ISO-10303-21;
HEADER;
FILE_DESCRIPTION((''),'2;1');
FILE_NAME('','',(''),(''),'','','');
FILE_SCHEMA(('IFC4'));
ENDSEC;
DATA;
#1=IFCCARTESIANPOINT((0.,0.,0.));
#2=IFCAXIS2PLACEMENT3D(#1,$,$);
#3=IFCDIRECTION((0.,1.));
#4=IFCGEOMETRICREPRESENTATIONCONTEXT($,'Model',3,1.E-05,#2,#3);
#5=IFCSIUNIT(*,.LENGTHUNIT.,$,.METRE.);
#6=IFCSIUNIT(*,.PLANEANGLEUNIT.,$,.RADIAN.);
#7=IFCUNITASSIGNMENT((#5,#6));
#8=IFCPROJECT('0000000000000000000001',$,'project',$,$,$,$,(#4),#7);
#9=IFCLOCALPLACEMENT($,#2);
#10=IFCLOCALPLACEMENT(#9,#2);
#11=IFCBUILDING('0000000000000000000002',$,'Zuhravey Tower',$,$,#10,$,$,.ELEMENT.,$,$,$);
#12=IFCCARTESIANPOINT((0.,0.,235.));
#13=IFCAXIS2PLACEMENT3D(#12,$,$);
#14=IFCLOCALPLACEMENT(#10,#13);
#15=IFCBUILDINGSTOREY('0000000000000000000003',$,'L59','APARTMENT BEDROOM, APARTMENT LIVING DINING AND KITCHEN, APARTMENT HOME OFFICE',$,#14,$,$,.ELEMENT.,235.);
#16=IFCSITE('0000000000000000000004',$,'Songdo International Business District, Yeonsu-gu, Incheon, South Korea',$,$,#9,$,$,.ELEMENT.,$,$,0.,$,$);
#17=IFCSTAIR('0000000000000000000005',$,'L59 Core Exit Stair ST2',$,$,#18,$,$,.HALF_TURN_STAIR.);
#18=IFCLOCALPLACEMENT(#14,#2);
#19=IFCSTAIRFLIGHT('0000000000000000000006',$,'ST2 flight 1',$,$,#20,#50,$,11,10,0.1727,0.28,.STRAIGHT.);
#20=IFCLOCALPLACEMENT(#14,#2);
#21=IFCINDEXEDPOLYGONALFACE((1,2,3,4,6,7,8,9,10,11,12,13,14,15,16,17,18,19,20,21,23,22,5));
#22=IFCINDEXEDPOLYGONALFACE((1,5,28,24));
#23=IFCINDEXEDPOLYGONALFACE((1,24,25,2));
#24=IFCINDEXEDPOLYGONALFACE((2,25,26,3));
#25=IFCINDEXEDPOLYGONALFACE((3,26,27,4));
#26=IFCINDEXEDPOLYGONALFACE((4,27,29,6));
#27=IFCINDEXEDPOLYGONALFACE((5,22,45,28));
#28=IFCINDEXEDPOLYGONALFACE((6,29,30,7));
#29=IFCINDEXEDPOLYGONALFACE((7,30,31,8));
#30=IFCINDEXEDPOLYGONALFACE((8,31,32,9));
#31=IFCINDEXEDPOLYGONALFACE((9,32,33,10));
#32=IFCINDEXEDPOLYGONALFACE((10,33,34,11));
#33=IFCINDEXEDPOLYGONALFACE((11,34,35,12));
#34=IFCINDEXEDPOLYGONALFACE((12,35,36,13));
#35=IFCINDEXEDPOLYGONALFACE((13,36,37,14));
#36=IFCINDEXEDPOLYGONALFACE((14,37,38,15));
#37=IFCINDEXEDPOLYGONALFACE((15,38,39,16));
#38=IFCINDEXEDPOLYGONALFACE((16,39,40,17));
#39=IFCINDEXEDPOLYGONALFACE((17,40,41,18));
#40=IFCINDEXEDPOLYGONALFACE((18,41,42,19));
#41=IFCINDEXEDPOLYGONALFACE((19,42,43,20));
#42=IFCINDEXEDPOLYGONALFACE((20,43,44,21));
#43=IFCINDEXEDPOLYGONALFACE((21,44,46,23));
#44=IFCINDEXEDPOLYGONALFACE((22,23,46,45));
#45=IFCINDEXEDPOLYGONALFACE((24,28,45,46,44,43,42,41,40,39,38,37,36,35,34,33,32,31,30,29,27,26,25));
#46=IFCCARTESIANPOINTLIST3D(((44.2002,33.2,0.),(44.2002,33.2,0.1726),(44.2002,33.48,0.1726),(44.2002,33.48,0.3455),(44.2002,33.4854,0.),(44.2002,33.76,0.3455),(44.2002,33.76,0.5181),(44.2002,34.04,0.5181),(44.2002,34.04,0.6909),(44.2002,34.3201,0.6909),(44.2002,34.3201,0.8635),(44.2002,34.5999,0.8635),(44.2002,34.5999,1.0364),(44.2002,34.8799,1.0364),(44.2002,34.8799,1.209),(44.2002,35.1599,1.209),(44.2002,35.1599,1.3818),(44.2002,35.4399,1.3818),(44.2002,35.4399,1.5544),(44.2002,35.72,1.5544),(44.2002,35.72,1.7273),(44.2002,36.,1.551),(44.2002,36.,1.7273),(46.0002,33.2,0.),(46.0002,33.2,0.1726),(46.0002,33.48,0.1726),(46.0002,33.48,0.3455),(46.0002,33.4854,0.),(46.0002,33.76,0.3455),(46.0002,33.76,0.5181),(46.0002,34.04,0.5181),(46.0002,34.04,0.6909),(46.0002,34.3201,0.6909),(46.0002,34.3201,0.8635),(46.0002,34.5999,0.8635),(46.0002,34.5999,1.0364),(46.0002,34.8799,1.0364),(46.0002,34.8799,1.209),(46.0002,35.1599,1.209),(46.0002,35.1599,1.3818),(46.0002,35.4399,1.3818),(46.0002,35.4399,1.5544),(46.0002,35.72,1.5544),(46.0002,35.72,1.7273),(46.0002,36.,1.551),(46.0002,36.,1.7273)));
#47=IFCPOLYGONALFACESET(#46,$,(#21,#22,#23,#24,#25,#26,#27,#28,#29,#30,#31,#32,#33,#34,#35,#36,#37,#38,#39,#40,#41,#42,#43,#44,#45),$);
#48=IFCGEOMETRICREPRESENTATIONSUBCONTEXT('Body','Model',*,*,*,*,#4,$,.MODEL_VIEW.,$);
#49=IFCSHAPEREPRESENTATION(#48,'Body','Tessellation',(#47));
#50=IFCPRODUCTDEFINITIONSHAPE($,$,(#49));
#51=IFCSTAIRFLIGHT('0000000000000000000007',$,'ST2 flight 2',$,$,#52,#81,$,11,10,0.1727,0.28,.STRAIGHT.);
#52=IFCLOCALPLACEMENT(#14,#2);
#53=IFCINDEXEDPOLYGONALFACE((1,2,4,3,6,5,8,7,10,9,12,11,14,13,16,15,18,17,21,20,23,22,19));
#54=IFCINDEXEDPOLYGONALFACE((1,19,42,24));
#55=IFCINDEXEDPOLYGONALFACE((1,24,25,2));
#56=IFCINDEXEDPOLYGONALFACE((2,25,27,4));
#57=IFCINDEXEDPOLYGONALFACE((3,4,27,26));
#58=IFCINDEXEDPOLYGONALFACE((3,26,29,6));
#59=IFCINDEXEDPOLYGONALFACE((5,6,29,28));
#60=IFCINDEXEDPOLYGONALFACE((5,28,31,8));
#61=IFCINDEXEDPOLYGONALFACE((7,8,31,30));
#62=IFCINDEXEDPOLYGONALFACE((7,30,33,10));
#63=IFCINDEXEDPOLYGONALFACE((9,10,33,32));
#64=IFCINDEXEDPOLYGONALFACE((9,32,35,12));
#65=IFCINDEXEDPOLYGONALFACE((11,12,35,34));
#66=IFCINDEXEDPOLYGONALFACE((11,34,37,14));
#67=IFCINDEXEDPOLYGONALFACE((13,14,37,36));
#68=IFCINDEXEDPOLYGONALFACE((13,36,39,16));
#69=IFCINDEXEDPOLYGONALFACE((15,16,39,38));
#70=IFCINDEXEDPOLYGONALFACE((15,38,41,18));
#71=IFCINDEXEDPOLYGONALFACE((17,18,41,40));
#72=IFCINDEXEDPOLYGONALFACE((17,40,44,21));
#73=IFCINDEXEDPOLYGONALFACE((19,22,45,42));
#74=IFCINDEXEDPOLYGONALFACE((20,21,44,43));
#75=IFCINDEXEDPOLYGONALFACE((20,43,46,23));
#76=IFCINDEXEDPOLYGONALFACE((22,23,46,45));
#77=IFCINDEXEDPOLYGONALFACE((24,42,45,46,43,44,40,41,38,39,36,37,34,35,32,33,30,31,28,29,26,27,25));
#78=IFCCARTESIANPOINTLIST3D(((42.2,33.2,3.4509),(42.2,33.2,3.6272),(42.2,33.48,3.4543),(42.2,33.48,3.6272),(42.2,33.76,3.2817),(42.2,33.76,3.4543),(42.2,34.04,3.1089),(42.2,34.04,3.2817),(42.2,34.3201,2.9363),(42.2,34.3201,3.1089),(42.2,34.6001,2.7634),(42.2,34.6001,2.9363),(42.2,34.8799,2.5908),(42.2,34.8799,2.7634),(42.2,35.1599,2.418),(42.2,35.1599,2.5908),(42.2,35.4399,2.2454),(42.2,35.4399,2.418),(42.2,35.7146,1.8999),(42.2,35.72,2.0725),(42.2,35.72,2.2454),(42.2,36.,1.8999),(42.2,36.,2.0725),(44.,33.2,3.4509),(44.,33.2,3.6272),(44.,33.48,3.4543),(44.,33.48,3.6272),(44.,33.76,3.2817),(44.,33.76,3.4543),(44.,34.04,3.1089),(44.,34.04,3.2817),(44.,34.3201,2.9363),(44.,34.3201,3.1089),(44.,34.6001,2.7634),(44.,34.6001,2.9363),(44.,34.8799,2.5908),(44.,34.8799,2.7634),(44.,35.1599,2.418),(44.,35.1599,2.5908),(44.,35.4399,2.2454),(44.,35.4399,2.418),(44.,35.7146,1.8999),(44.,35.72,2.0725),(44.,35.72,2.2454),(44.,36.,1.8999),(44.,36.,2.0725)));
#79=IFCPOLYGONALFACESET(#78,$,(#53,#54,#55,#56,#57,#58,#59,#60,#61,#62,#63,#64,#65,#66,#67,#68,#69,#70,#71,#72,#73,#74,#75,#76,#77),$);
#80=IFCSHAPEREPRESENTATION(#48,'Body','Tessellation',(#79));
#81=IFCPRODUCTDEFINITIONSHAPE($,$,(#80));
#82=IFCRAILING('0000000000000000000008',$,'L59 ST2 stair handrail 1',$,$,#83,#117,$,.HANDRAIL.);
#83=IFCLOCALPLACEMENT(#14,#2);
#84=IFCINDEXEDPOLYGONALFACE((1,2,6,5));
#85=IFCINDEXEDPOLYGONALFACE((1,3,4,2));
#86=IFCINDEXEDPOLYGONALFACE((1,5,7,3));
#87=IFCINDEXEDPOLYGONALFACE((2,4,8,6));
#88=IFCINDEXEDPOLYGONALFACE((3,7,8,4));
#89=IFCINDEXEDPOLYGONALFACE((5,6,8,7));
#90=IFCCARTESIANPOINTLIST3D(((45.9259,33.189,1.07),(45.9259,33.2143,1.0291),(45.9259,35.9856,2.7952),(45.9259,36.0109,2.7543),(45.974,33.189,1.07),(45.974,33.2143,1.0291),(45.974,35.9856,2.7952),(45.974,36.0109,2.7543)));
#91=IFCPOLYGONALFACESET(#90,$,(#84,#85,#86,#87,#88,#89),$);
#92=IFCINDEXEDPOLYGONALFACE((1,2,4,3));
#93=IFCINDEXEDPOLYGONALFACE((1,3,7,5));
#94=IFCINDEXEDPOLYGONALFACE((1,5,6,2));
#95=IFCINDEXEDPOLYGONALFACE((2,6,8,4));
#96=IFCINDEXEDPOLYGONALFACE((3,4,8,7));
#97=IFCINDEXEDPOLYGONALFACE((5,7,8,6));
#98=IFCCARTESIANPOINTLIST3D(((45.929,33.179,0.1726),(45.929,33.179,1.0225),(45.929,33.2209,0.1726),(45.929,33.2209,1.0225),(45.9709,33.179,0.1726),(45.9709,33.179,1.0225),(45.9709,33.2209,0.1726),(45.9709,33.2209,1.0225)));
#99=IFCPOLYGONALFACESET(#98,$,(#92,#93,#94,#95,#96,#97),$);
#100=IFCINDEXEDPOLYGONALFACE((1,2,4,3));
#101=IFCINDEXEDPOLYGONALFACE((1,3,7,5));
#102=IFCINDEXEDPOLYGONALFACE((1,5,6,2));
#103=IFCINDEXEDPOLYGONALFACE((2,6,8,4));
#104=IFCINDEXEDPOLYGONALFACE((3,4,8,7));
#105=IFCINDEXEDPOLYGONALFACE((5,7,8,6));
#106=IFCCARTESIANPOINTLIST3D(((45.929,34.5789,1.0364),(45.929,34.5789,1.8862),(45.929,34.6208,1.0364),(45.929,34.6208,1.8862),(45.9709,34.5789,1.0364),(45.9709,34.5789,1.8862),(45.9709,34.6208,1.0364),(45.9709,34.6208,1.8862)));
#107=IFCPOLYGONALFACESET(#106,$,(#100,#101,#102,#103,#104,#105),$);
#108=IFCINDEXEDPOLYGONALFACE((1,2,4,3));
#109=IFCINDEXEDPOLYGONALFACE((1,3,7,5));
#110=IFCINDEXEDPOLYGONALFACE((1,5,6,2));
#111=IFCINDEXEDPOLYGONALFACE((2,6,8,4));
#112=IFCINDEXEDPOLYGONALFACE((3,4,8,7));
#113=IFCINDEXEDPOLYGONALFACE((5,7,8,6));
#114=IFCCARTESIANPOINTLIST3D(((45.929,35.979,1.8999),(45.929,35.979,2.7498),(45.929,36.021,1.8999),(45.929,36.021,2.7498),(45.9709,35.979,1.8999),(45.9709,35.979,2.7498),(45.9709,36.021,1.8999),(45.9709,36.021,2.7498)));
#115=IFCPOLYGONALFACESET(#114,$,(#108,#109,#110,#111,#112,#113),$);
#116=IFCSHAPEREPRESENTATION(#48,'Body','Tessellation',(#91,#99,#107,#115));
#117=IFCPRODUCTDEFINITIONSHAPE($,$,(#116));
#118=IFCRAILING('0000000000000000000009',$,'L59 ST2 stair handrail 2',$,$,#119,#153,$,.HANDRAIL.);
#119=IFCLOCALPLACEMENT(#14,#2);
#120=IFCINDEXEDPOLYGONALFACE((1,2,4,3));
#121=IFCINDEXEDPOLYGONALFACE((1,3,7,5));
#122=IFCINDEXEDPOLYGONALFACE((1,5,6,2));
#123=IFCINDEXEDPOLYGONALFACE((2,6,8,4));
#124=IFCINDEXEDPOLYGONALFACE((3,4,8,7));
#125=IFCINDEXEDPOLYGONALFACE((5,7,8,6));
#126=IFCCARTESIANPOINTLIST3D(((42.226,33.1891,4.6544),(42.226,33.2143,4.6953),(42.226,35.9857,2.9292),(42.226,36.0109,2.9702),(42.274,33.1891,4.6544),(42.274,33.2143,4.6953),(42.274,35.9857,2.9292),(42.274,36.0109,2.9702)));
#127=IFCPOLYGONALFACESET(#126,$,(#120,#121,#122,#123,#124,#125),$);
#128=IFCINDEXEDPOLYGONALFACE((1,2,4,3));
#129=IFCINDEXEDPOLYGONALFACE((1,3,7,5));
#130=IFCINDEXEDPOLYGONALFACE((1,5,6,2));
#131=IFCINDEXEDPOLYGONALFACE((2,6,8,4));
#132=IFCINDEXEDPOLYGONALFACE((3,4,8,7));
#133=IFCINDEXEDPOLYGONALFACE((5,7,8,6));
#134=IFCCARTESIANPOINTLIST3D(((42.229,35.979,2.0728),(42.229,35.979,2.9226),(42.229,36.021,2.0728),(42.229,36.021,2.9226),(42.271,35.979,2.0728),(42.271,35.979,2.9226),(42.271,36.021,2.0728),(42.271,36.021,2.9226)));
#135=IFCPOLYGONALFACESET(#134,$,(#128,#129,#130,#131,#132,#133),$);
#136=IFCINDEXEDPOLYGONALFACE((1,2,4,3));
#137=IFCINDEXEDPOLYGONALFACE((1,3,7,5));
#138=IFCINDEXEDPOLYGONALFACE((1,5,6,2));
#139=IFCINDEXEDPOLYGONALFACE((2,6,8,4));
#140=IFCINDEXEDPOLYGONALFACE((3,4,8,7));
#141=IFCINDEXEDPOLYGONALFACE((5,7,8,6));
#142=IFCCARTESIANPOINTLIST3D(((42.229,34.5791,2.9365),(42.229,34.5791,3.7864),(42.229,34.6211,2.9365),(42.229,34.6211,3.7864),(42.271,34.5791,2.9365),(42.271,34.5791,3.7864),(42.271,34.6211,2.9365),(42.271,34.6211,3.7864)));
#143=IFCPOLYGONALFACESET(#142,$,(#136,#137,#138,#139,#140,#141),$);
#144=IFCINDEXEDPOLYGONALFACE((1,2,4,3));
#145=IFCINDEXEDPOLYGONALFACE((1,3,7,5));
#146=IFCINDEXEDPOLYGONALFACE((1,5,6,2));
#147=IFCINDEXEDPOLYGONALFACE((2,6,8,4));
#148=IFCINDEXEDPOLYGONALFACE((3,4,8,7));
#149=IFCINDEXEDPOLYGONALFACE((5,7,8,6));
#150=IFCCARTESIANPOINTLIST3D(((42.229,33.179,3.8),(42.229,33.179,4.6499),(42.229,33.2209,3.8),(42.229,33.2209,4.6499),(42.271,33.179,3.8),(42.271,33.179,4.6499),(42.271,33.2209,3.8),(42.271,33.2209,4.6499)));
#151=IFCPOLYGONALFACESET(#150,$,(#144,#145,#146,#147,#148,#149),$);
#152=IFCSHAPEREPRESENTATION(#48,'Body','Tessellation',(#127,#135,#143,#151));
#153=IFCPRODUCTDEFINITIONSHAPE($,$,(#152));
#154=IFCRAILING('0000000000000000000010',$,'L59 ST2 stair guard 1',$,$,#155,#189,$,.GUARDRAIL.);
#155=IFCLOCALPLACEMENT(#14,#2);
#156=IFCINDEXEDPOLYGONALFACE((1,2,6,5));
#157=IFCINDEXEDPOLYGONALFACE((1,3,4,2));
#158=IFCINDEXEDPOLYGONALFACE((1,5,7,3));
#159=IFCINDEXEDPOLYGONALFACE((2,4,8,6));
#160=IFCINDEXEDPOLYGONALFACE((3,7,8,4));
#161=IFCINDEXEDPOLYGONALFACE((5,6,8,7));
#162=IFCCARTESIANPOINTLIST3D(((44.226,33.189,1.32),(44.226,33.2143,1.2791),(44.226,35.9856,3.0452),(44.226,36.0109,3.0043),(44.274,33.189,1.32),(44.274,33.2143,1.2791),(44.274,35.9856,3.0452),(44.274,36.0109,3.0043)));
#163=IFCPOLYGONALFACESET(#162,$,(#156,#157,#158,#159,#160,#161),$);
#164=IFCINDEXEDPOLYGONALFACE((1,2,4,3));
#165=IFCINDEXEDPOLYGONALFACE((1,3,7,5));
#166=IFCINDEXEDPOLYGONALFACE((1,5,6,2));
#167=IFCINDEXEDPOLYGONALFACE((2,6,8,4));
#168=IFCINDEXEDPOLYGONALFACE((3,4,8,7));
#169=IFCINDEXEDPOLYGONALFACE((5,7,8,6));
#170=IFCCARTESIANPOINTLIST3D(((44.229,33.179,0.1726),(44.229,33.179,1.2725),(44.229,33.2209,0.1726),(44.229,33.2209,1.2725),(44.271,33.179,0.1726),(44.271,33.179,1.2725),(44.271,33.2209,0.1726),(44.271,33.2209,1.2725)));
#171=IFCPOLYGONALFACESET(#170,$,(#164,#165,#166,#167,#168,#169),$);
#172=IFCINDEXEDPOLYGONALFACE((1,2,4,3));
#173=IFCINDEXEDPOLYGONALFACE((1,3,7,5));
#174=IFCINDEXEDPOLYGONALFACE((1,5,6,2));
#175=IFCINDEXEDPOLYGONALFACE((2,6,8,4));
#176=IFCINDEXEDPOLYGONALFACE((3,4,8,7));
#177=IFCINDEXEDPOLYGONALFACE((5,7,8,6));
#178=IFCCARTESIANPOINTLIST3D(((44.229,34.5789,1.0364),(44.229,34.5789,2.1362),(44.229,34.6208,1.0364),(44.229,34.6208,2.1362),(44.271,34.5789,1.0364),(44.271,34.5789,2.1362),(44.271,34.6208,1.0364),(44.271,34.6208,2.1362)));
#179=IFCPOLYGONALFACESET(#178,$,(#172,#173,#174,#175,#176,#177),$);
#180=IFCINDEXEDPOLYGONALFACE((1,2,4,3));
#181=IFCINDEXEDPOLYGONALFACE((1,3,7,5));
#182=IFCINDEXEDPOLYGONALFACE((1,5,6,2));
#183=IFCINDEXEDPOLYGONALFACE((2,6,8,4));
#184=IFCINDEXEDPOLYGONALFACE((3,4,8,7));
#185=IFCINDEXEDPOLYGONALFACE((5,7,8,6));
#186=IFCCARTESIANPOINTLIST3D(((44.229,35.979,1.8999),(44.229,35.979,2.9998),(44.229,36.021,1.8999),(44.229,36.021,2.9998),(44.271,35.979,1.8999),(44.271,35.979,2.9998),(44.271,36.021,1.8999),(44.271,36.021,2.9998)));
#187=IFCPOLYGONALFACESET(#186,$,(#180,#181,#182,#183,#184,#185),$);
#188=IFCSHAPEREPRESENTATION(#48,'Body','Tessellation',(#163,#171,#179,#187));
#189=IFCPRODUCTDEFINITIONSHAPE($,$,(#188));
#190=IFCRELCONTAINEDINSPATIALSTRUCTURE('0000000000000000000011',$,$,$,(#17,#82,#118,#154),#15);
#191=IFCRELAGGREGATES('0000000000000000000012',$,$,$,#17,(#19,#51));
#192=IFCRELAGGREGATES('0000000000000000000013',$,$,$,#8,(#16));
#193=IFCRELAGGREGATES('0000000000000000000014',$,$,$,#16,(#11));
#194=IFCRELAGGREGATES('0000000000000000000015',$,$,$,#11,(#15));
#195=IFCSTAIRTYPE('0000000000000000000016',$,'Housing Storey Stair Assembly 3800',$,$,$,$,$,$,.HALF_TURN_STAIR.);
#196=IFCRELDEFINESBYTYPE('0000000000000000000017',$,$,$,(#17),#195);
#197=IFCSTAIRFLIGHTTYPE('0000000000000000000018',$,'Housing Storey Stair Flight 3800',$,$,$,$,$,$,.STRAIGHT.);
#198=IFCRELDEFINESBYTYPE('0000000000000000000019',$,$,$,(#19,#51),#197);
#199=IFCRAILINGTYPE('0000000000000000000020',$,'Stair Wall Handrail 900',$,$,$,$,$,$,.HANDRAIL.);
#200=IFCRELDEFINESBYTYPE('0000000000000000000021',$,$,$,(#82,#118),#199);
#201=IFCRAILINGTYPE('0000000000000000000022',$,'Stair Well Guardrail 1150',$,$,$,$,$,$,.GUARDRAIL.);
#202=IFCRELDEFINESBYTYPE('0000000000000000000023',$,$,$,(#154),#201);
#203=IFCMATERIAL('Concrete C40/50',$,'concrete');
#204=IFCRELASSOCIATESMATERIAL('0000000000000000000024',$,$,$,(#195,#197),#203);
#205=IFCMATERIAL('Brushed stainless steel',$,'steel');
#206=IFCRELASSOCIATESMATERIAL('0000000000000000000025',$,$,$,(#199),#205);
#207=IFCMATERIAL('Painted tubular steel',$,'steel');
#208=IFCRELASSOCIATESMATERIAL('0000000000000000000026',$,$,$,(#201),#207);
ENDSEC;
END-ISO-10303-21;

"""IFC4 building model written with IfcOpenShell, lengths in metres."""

from ifc_helpers import new_model, si_unit, direction, frame, origin, origin_2d, place, context, subcontext, project, spatial, polyline, rectangle, outline, extrude, material, type_object, element, aggregate, save


model = new_model("IFC4")

# Units and contexts
model_context = context("Model", 3, precision=1e-05, world=origin(), true_north=direction((0.0, 1.0)))
body_context = subcontext(model_context, "Body", "Model", "MODEL_VIEW")
ifc_project = project(units=[si_unit("LENGTHUNIT", "METRE"), si_unit("PLANEANGLEUNIT", "RADIAN")], contexts=[model_context])

# Site, building, storey
site_placement = place(None, origin())
site = spatial("IfcSite", under=ifc_project, at=site_placement, Name="Songdo International Business District, Yeonsu-gu, Incheon, South Korea", CompositionType="ELEMENT", RefElevation=0.0)
building_placement = place(site_placement, origin())
building = spatial("IfcBuilding", under=site, at=building_placement, Name="Zuhravey Tower", CompositionType="ELEMENT")
storey_placement = place(building_placement, frame((0.0, 0.0, 235.0)))
storey = spatial("IfcBuildingStorey", under=building, at=storey_placement, Name="L59", Description="APARTMENT BEDROOM, APARTMENT LIVING DINING AND KITCHEN, APARTMENT HOME OFFICE", CompositionType="ELEMENT", Elevation=235.0)

# Stair, stair flights
ifc_material_1 = material(Name="Concrete C40/50", Category="concrete")
stair_type = type_object("IfcStairType", Name="Housing Storey Stair Assembly 3800", PredefinedType="HALF_TURN_STAIR", material=ifc_material_1)
stair_placement = place(storey_placement, origin())
stair = element("IfcStair", 1, at=stair_placement, inside=storey, type_object=stair_type, Name="L59 Core Exit Stair ST2", PredefinedType="HALF_TURN_STAIR")
stair_flight_type = type_object("IfcStairFlightType", Name="Housing Storey Stair Flight 3800", PredefinedType="STRAIGHT", material=ifc_material_1)
stair_flight_1_placement = place(storey_placement, frame((45.1001, 33.2, 0.0), z_axis=(0.0, 0.0, 1.0), x_axis=(0.0, 1.0, 0.0)))
stair_flight_1 = element("IfcStairFlight", 2, at=stair_flight_1_placement, type_object=stair_flight_type, Name="ST2 flight 1", NumberOfRisers=11, NumberOfTreads=10, PredefinedType="STRAIGHT", RiserHeight=0.1727, TreadLength=0.28, context=body_context, shape_type="SweptSolid", body=[
    extrude(outline(polyline([(0.0, 0.0), (0.0, 0.1726), (0.28, 0.1726), (0.28, 0.3455), (0.5601, 0.3455), (0.5601, 0.5181), (0.8401, 0.5181), (0.8401, 0.6909), (1.1201, 0.6909), (1.1201, 0.8635), (1.3999, 0.8635), (1.3999, 1.0364), (1.6799, 1.0364), (1.6799, 1.209), (1.96, 1.209), (1.96, 1.3818), (2.24, 1.3818), (2.24, 1.5544), (2.52, 1.5544), (2.52, 1.7273), (2.8, 1.7273), (2.8, 1.8999), (2.8, 1.551), (0.2854, 0.0), (0.0, 0.0)])), frame((0.0, 0.8999, 0.0), z_axis=(0.0, -1.0, 0.0), x_axis=(1.0, 0.0, 0.0)), (0.0, 0.0, 1.0), 1.8),
])
stair_flight_2_placement = place(storey_placement, frame((43.1001, 36.0, 1.8999), z_axis=(0.0, 0.0, 1.0), x_axis=(0.0, -1.0, 0.0)))
stair_flight_2 = element("IfcStairFlight", 3, at=stair_flight_2_placement, type_object=stair_flight_type, Name="ST2 flight 2", NumberOfRisers=11, NumberOfTreads=10, PredefinedType="STRAIGHT", RiserHeight=0.1727, TreadLength=0.28, context=body_context, shape_type="SweptSolid", body=[
    extrude(outline(polyline([(0.0, 0.0), (0.0, 0.1726), (0.28, 0.1726), (0.28, 0.3455), (0.5601, 0.3455), (0.5601, 0.5181), (0.8401, 0.5181), (0.8401, 0.6909), (1.1201, 0.6909), (1.1201, 0.8635), (1.3999, 0.8635), (1.3999, 1.0364), (1.6799, 1.0364), (1.6799, 1.209), (1.96, 1.209), (1.96, 1.3818), (2.24, 1.3818), (2.24, 1.5544), (2.52, 1.5544), (2.52, 1.7273), (2.8, 1.7273), (2.8, 1.8999), (2.8, 1.551), (0.2854, 0.0), (0.0, 0.0)])), frame((0.0, 0.8999, 0.0), z_axis=(0.0, -1.0, 0.0), x_axis=(1.0, 0.0, 0.0)), (0.0, 0.0, 1.0), 1.8),
])
aggregate(stair, [stair_flight_1, stair_flight_2])

# Railings
ifc_material_2 = material(Name="Brushed stainless steel", Category="steel")
railing_type_1 = type_object("IfcRailingType", Name="Stair Wall Handrail 900", PredefinedType="HANDRAIL", material=ifc_material_2)
railing_1_placement = place(storey_placement, frame((45.95, 33.2, 0.1726)))
element("IfcRailing", 4, at=railing_1_placement, inside=storey, type_object=railing_type_1, Name="L59 ST2 stair handrail 1", PredefinedType="HANDRAIL", context=body_context, shape_type="SweptSolid", body=[
    extrude(rectangle(XDim=0.0481, YDim=0.0481, at=origin_2d()), frame((0.0, 0.0017, 0.877), z_axis=(0.0, 0.85109, 0.52502), x_axis=(-1.0, 0.0, 0.0)), (0.0, 0.0, 1.0), 3.2859),
    extrude(rectangle(XDim=0.042, YDim=0.042, at=origin_2d()), origin(), (0.0, 0.0, 1.0), 0.8499),
    extrude(rectangle(XDim=0.042, YDim=0.042, at=origin_2d()), frame((0.0, 1.3999, 0.8638)), (0.0, 0.0, 1.0), 0.8499),
    extrude(rectangle(XDim=0.042, YDim=0.042, at=origin_2d()), frame((0.0, 2.8, 1.7273)), (0.0, 0.0, 1.0), 0.8499),
])
railing_2_placement = place(storey_placement, frame((42.25, 36.0, 2.0728)))
element("IfcRailing", 5, at=railing_2_placement, inside=storey, type_object=railing_type_1, Name="L59 ST2 stair handrail 2", PredefinedType="HANDRAIL", context=body_context, shape_type="SweptSolid", body=[
    extrude(rectangle(XDim=0.0481, YDim=0.0481, at=origin_2d()), frame((0.0, -0.0017, 0.877), z_axis=(0.0, -0.85109, 0.52502), x_axis=(1.0, 0.0, 0.0)), (0.0, 0.0, 1.0), 3.2859),
    extrude(rectangle(XDim=0.042, YDim=0.042, at=origin_2d()), origin(), (0.0, 0.0, 1.0), 0.8499),
    extrude(rectangle(XDim=0.042, YDim=0.042, at=origin_2d()), frame((0.0, -1.3999, 0.8638)), (0.0, 0.0, 1.0), 0.8499),
    extrude(rectangle(XDim=0.042, YDim=0.042, at=origin_2d()), frame((0.0, -2.8, 1.7273)), (0.0, 0.0, 1.0), 0.8499),
])
ifc_material_3 = material(Name="Painted tubular steel", Category="steel")
railing_type_2 = type_object("IfcRailingType", Name="Stair Well Guardrail 1150", PredefinedType="GUARDRAIL", material=ifc_material_3)
railing_3_placement = place(storey_placement, frame((44.25, 33.2, 0.1726)))
element("IfcRailing", 6, at=railing_3_placement, inside=storey, type_object=railing_type_2, Name="L59 ST2 stair guard 1", PredefinedType="GUARDRAIL", context=body_context, shape_type="SweptSolid", body=[
    extrude(rectangle(XDim=0.0481, YDim=0.0481, at=origin_2d()), frame((0.0, 0.0017, 1.127), z_axis=(0.0, 0.85109, 0.52502), x_axis=(-1.0, 0.0, 0.0)), (0.0, 0.0, 1.0), 3.2859),
    extrude(rectangle(XDim=0.042, YDim=0.042, at=origin_2d()), origin(), (0.0, 0.0, 1.0), 1.0999),
    extrude(rectangle(XDim=0.042, YDim=0.042, at=origin_2d()), frame((0.0, 1.3999, 0.8638)), (0.0, 0.0, 1.0), 1.0999),
    extrude(rectangle(XDim=0.042, YDim=0.042, at=origin_2d()), frame((0.0, 2.8, 1.7273)), (0.0, 0.0, 1.0), 1.0999),
])

save(model, "model.ifc")
